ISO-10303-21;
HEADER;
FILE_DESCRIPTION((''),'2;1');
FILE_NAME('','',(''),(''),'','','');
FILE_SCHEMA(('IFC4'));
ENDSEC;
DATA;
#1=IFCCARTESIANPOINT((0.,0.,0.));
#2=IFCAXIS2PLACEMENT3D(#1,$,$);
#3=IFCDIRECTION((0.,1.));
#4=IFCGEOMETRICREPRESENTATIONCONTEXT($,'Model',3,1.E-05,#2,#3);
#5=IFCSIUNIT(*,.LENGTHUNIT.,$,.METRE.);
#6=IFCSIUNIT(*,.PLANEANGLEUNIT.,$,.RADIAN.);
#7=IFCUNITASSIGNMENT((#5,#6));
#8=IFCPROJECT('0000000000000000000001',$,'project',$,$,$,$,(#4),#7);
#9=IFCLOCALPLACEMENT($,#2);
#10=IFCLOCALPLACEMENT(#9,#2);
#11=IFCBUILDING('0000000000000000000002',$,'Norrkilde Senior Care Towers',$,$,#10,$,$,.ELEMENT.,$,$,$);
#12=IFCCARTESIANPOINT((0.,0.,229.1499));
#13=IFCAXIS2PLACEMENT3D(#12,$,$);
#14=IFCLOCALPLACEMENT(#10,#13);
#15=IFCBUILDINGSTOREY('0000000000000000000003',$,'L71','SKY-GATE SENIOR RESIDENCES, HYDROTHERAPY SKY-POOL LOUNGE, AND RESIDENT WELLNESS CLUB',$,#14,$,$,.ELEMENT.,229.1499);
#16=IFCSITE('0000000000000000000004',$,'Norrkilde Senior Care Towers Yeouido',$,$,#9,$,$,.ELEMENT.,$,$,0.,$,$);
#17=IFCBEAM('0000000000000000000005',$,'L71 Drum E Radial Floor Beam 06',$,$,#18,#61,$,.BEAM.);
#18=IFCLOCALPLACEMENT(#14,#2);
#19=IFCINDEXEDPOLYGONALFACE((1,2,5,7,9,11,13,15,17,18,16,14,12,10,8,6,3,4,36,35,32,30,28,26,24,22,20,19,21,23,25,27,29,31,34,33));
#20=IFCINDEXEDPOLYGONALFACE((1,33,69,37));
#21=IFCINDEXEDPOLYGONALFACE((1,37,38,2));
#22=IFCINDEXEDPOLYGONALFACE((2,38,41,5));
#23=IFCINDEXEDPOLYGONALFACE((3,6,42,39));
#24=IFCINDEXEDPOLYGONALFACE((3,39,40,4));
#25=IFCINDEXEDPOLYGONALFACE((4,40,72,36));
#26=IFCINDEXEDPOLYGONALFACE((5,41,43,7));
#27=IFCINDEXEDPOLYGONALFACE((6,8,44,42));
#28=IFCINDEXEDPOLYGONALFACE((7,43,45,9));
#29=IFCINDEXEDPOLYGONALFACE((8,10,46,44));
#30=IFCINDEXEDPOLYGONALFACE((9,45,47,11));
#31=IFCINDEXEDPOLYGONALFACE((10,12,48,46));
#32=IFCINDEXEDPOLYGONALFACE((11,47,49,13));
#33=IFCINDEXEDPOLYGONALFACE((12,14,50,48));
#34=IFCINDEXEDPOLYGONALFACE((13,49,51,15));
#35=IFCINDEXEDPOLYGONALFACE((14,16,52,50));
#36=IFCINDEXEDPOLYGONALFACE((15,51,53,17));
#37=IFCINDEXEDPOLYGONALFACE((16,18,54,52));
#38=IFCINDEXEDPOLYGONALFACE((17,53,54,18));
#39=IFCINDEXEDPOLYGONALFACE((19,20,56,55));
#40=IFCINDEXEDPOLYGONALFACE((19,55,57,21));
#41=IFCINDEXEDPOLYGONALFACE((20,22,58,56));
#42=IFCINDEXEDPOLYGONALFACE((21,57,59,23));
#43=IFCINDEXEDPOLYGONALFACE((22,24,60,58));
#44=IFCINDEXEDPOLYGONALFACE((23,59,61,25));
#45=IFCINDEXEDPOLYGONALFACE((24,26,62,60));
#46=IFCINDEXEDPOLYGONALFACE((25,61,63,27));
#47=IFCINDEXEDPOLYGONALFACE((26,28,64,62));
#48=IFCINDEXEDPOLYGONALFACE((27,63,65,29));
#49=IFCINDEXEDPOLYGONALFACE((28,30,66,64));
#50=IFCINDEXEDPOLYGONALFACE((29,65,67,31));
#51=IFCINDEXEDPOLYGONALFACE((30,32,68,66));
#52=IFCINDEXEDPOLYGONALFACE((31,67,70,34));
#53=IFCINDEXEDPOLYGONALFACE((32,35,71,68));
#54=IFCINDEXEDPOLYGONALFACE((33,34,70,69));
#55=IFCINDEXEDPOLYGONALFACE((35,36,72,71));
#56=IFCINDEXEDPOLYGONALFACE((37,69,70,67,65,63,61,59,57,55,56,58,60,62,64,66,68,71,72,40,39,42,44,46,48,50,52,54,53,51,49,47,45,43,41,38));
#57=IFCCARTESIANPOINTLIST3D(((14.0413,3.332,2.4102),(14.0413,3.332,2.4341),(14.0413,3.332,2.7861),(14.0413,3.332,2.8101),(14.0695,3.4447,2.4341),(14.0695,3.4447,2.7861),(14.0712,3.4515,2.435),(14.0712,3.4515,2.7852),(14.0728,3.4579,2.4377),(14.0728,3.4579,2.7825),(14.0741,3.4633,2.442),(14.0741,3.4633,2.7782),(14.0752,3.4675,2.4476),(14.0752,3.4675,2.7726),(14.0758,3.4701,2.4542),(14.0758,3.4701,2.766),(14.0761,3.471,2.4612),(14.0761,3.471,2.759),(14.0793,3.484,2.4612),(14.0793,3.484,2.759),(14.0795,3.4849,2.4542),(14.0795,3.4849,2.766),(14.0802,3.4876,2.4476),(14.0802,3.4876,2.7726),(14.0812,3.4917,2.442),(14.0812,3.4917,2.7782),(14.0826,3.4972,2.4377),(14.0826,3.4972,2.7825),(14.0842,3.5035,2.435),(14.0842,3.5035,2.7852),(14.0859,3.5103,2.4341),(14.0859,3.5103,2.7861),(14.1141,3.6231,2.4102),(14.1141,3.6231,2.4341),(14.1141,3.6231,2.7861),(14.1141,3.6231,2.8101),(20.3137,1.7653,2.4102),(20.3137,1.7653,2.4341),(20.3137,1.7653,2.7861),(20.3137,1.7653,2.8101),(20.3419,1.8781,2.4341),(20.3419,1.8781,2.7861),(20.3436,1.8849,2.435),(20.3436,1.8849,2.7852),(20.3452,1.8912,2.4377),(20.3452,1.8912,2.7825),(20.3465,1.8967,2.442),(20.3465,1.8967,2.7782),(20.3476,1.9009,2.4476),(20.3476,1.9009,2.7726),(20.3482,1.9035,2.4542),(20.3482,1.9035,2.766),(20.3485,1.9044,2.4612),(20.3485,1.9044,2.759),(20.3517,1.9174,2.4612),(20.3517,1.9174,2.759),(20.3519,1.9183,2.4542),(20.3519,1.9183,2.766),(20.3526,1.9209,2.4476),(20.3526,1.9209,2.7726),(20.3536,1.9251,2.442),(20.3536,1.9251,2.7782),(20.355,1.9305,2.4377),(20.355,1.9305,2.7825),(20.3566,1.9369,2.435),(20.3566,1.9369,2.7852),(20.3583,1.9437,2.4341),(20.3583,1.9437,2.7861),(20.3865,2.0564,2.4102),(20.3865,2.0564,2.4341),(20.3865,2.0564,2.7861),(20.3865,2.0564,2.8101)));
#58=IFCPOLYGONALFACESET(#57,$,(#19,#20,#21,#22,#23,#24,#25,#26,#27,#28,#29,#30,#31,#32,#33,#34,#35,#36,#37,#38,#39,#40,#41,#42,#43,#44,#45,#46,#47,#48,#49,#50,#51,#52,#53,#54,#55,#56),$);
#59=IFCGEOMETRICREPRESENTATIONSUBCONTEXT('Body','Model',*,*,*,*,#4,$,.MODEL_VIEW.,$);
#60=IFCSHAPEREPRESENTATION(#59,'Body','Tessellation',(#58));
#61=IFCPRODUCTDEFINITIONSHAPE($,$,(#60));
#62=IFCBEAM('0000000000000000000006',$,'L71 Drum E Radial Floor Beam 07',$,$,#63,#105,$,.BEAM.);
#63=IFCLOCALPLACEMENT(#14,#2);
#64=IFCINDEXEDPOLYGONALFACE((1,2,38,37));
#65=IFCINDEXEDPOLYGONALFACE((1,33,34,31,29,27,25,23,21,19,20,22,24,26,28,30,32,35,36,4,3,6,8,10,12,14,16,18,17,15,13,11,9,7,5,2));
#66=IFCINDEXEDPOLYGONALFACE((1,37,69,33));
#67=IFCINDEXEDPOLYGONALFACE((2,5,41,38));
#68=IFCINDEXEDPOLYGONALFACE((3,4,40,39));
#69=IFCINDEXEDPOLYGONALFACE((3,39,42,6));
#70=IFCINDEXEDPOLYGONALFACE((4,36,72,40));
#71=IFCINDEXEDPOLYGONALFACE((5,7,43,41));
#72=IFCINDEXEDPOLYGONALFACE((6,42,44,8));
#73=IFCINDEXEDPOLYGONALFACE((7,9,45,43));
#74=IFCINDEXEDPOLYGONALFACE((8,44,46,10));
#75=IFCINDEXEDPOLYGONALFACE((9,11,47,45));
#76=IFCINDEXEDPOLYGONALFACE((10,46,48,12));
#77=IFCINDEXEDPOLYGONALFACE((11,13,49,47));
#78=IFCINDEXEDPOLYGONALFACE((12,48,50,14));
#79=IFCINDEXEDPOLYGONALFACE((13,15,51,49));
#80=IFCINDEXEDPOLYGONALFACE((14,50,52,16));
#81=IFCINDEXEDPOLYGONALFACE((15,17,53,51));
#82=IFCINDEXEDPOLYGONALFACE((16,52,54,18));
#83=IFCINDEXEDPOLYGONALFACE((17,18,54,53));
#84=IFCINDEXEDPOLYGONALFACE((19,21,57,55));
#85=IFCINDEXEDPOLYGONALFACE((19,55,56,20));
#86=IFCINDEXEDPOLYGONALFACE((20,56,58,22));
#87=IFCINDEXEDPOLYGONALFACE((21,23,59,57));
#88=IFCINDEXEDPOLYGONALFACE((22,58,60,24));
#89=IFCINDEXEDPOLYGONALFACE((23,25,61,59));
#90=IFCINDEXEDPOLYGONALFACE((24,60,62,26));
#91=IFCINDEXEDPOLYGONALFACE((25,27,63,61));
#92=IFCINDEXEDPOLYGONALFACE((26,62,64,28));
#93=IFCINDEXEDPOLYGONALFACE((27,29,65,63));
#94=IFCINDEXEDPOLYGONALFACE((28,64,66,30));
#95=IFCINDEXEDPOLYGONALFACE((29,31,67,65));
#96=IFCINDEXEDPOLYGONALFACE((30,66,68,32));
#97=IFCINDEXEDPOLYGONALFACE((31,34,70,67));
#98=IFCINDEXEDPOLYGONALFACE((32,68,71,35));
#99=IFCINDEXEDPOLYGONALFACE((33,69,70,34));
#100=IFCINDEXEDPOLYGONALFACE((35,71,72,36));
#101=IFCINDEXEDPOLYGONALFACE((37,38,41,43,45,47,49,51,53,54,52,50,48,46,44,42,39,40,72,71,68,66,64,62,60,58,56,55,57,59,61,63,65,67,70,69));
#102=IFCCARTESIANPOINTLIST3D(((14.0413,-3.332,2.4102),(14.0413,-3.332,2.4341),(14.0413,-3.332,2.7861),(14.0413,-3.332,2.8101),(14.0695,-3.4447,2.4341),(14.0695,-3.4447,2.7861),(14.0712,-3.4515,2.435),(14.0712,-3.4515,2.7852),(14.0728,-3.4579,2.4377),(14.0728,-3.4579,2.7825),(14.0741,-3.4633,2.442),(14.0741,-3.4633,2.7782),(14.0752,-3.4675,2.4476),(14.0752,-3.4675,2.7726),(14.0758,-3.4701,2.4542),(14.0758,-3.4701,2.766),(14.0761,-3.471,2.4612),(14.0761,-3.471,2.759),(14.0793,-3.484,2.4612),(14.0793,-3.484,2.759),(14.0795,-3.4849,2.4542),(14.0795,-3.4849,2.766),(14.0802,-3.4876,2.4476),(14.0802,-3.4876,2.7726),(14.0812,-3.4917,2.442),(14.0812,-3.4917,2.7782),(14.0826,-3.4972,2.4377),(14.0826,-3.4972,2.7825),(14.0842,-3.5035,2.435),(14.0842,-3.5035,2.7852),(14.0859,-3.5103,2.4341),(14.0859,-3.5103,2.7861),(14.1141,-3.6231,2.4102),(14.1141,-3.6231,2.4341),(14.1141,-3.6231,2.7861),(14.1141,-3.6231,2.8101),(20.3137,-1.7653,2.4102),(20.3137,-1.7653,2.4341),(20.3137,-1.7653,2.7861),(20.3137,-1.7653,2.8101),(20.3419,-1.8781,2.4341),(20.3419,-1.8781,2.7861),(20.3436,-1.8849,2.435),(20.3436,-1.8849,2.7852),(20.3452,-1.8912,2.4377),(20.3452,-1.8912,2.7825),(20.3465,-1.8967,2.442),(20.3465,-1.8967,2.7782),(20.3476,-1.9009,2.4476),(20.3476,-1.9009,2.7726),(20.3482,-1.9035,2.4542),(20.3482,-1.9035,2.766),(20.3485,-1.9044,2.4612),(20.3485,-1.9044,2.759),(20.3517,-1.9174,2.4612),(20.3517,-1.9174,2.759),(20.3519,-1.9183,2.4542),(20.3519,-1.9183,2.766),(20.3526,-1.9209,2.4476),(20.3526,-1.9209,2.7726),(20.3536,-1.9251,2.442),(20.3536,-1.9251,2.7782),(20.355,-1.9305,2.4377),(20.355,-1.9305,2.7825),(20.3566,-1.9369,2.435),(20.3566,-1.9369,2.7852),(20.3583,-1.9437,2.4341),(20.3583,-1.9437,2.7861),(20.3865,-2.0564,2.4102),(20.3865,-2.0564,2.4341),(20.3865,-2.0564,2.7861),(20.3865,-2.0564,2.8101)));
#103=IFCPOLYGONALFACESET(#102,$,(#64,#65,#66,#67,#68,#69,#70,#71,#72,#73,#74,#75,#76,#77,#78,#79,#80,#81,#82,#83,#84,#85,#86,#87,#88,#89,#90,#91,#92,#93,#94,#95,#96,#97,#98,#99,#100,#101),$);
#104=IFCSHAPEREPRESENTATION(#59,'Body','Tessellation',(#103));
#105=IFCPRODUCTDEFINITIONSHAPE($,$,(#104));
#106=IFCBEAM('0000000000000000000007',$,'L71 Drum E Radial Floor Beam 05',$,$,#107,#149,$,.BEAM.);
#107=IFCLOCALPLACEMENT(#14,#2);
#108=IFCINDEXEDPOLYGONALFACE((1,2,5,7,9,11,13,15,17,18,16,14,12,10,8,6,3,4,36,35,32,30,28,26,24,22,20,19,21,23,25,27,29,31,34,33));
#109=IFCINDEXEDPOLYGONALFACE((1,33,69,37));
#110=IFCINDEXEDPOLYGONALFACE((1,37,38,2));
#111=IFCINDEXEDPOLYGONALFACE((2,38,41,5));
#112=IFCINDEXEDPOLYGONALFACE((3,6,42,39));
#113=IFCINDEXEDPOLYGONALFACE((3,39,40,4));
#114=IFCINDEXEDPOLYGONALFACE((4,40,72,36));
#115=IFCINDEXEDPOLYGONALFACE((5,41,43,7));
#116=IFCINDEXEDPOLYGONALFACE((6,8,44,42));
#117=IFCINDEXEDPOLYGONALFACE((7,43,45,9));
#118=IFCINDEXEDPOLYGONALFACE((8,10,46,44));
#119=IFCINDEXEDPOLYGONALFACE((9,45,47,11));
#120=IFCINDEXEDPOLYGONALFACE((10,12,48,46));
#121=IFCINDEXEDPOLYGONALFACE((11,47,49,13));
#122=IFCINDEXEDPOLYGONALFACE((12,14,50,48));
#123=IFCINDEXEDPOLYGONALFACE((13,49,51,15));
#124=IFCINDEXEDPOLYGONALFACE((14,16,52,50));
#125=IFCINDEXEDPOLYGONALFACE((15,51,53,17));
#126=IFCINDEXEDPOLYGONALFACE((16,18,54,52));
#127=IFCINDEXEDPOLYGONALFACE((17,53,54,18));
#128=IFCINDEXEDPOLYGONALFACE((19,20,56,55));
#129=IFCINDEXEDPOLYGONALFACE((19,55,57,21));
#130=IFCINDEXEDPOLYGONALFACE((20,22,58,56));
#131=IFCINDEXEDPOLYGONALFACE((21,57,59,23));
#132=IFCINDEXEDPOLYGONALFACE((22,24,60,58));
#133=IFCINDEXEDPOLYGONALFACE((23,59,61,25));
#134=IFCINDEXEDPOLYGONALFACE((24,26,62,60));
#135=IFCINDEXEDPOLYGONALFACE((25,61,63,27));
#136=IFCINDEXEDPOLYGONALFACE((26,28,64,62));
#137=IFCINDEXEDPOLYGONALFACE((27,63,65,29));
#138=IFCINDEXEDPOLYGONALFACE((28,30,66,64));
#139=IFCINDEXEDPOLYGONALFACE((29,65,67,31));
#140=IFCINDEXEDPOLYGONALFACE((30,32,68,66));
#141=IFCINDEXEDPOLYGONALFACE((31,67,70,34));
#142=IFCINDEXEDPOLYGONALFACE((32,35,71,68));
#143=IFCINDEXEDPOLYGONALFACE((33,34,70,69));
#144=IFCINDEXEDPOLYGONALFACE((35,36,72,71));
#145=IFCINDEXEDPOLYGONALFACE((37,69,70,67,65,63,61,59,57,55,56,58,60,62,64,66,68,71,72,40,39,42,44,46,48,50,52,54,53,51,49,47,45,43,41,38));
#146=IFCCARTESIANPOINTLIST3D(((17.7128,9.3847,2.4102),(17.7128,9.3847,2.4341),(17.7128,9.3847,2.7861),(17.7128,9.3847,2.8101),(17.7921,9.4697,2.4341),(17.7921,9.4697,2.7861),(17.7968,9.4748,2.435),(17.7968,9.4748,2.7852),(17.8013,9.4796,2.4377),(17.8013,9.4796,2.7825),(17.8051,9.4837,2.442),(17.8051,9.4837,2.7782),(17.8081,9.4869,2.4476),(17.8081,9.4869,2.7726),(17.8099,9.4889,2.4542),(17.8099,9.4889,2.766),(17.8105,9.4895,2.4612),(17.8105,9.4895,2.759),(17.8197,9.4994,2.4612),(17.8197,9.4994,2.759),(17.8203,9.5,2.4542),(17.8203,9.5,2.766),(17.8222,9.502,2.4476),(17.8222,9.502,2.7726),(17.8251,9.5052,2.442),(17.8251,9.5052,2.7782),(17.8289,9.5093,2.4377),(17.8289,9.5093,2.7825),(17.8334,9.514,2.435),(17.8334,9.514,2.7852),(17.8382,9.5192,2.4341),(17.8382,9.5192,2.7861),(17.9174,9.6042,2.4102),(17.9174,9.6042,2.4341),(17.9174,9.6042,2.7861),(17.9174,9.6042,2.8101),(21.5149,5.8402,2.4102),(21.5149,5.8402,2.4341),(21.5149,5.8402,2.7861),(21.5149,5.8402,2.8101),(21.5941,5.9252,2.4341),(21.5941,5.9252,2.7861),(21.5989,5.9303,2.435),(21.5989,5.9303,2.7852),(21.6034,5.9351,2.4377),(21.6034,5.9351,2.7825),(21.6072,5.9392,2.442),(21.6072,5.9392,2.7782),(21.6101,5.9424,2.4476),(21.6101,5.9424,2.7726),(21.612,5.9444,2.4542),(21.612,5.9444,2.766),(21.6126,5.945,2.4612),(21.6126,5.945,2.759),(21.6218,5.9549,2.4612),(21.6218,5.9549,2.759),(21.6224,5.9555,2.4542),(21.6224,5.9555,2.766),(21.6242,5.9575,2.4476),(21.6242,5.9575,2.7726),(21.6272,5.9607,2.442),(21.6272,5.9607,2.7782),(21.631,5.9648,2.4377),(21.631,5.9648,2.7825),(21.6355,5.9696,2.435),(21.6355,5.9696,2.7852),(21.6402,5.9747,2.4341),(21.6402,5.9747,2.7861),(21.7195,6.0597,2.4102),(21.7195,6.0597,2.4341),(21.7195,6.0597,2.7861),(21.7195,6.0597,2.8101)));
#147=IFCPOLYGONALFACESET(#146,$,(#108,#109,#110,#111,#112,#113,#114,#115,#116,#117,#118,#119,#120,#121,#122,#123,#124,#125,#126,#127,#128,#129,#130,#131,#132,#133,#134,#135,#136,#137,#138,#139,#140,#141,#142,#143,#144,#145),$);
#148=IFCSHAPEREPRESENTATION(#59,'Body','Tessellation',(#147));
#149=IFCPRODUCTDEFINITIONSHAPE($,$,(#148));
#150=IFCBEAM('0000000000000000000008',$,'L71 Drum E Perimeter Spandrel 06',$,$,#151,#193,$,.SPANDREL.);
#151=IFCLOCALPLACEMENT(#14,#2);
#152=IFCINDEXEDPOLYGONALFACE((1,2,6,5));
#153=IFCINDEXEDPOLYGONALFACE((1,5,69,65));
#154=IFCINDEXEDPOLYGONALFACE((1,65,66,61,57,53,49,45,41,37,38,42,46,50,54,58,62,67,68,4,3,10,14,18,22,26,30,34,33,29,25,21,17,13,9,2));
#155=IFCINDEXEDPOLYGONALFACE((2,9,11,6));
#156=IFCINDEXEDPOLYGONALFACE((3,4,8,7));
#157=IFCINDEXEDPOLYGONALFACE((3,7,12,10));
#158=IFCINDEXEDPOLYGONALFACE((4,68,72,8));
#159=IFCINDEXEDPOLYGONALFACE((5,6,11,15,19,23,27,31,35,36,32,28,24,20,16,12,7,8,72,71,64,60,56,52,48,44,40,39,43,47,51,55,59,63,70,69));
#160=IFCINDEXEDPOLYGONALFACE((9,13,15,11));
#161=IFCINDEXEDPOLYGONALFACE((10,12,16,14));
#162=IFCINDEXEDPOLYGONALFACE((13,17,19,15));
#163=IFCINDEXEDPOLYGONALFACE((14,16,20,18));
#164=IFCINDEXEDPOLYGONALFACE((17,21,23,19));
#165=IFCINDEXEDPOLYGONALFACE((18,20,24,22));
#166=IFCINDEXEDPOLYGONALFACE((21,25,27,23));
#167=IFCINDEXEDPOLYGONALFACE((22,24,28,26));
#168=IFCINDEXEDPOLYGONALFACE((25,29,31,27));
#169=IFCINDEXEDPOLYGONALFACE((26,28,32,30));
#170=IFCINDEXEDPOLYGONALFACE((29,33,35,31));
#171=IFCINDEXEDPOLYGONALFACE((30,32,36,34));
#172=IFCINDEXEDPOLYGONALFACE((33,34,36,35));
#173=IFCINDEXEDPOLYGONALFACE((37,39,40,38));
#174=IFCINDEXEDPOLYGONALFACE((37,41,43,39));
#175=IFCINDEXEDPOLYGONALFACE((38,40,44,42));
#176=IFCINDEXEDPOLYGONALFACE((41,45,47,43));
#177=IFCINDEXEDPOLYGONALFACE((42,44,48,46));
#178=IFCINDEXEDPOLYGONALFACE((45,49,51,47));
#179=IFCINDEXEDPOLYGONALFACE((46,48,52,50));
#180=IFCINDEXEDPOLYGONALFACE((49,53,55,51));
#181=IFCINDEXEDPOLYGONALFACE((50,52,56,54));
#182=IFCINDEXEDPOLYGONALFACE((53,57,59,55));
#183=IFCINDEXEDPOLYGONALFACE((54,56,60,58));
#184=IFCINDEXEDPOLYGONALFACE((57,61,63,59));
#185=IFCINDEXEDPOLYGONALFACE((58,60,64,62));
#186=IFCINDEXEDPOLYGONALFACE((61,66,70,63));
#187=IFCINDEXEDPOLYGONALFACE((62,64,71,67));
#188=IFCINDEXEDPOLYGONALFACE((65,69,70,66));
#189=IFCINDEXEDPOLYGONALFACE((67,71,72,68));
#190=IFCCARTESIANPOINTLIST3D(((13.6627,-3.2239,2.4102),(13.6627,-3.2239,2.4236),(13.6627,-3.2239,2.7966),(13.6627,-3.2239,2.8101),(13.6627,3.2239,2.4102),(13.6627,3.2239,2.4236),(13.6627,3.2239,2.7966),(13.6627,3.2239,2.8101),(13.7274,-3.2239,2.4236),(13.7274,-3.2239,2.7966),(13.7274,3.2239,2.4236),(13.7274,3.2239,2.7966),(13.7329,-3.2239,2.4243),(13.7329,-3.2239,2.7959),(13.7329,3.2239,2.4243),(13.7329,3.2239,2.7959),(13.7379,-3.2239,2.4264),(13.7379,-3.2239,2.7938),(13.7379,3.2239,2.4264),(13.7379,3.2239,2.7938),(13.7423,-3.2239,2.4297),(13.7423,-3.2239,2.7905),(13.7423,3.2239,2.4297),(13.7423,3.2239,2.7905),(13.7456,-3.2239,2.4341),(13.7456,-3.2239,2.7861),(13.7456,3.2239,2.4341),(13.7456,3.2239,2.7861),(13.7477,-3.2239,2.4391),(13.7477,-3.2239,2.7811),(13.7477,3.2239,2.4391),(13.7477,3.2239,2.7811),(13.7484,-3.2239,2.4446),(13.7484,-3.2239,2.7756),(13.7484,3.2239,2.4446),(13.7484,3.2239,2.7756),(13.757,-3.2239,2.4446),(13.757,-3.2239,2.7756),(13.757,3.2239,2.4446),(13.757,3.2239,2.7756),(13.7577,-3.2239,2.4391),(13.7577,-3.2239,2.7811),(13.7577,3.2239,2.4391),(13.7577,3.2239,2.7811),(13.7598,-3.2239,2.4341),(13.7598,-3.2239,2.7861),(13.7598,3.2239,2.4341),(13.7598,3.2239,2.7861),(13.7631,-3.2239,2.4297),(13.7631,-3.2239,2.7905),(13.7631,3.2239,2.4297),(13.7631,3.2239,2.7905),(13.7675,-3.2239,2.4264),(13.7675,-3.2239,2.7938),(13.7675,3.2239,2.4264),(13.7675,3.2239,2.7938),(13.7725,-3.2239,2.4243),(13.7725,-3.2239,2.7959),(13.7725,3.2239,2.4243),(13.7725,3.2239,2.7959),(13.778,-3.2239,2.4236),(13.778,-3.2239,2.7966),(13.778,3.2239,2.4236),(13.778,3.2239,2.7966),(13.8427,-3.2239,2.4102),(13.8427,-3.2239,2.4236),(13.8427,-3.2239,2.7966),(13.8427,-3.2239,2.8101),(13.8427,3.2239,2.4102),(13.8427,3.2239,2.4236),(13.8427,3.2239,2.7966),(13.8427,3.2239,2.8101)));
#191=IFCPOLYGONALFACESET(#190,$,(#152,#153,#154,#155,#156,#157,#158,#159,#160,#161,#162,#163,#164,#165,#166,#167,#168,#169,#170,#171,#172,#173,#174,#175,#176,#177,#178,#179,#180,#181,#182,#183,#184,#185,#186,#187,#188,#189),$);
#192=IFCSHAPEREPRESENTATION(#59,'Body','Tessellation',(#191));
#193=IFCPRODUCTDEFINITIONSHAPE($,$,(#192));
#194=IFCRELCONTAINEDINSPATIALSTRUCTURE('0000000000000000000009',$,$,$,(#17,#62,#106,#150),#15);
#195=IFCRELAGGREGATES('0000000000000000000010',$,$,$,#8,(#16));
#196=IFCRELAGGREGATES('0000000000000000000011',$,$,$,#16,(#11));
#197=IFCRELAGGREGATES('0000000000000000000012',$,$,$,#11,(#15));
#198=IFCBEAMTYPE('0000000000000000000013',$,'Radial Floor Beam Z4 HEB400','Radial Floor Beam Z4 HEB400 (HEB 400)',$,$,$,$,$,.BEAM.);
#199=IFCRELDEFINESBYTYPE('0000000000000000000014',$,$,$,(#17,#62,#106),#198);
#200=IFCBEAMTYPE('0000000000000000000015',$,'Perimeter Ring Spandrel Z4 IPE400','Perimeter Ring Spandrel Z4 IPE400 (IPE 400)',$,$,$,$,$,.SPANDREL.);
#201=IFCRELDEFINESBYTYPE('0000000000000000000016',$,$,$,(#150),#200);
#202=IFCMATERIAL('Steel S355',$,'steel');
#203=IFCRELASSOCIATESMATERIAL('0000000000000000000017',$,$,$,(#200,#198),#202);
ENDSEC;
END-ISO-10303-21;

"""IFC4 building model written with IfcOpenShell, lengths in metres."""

from ifc_helpers import new_model, si_unit, direction, frame, origin, origin_2d, place, context, subcontext, project, spatial, i_section, extrude, source, transform, mapped, material, material_profile, profile_set, type_object, type_shapes, element, save


model = new_model("IFC4")

# Units and contexts
model_context = context("Model", 3, precision=1e-05, world=origin(), true_north=direction((0.0, 1.0)))
body_context = subcontext(model_context, "Body", "Model", "MODEL_VIEW")
ifc_project = project(units=[si_unit("LENGTHUNIT", "METRE"), si_unit("PLANEANGLEUNIT", "RADIAN")], contexts=[model_context])

# Site, building, storey
site_placement = place(None, origin())
site = spatial("IfcSite", under=ifc_project, at=site_placement, Name="Norrkilde Senior Care Towers Yeouido", CompositionType="ELEMENT", RefElevation=0.0)
building_placement = place(site_placement, origin())
building = spatial("IfcBuilding", under=site, at=building_placement, Name="Norrkilde Senior Care Towers", CompositionType="ELEMENT")
storey_placement = place(building_placement, frame((0.0, 0.0, 229.1499)))
storey = spatial("IfcBuildingStorey", under=building, at=storey_placement, Name="L71", Description="SKY-GATE SENIOR RESIDENCES, HYDROTHERAPY SKY-POOL LOUNGE, AND RESIDENT WELLNESS CLUB", CompositionType="ELEMENT", Elevation=229.1499)

# Beams
ifc_material_1 = material(Name="Steel S355", Category="steel")
ifc_material_profile_1 = material_profile(ifc_material_1, i_section(OverallWidth=0.1799, OverallDepth=0.3999, WebThickness=0.0085, FlangeThickness=0.0134, FilletRadius=0.021, at=origin_2d()), Name="IPE 400")
ifc_profile_set_1 = profile_set([ifc_material_profile_1], Name="Steel S355")
beam_type_1 = type_object("IfcBeamType", Name="Perimeter Ring Spandrel Z4 IPE400", Description="Perimeter Ring Spandrel Z4 IPE400 (IPE 400)", PredefinedType="SPANDREL", material=ifc_profile_set_1)
ifc_material_profile_2 = material_profile(ifc_material_1, i_section(OverallWidth=0.3, OverallDepth=0.3999, WebThickness=0.0134, FlangeThickness=0.0239, FilletRadius=0.0271, at=origin_2d()), Name="HEB 400")
ifc_profile_set_2 = profile_set([ifc_material_profile_2], Name="Steel S355")
beam_type_2 = type_object("IfcBeamType", Name="Radial Floor Beam Z4 HEB400", Description="Radial Floor Beam Z4 HEB400 (HEB 400)", PredefinedType="BEAM", material=ifc_profile_set_2)
shared_shape_1 = source(origin(), body_context, "Body", "SweptSolid", [
    extrude(i_section(OverallWidth=0.3, OverallDepth=0.3999, WebThickness=0.0134, FlangeThickness=0.0239, FilletRadius=0.0271, at=origin_2d()), origin(), (0.0, 0.0, 1.0), 6.4651),
])
for number, where, z_axis, x_axis, name in (
    (1, (20.3501, 1.9109, 2.6101), (-0.970196, 0.242322, 0.0), (-0.242322, -0.970196, 0.0), "L71 Drum E Radial Floor Beam 06"),
    (2, (20.3501, -1.9109, 2.6101), (-0.970196, -0.242322, 0.0), (0.242322, -0.970196, 0.0), "L71 Drum E Radial Floor Beam 07"),
):
    element("IfcBeam", number, at=place(storey_placement, frame(where, z_axis=z_axis, x_axis=x_axis)), inside=storey, type_object=beam_type_2, Name=name, PredefinedType="BEAM", context=body_context, shape_type="MappedRepresentation", body=[
        mapped(shared_shape_1, transform((0.0, 0.0, 0.0), x_axis=(1.0, 0.0, 0.0), y_axis=(0.0, 1.0, 0.0), z_axis=(0.0, 0.0, 1.0), scale=1.0)),
    ])
shared_shape_2 = source(origin(), body_context, "Body", "SweptSolid", [
    extrude(i_section(OverallWidth=0.3, OverallDepth=0.3999, WebThickness=0.0134, FlangeThickness=0.0239, FilletRadius=0.0271, at=origin_2d()), origin(), (0.0, 0.0, 1.0), 5.198),
])
type_shapes(beam_type_2, [shared_shape_1, shared_shape_2])
beam_1_placement = place(storey_placement, frame((21.6172, 5.95, 2.6101), z_axis=(-0.731449, 0.681896, 0.0), x_axis=(-0.681896, -0.731449, 0.0)))
element("IfcBeam", 3, at=beam_1_placement, inside=storey, type_object=beam_type_2, Name="L71 Drum E Radial Floor Beam 05", PredefinedType="BEAM", context=body_context, shape_type="MappedRepresentation", body=[
    mapped(shared_shape_2, transform((0.0, 0.0, 0.0), x_axis=(1.0, 0.0, 0.0), y_axis=(0.0, 1.0, 0.0), z_axis=(0.0, 0.0, 1.0), scale=1.0)),
])
shared_shape_3 = source(origin(), body_context, "Body", "SweptSolid", [
    extrude(i_section(OverallWidth=0.1799, OverallDepth=0.3999, WebThickness=0.0085, FlangeThickness=0.0134, FilletRadius=0.021, at=origin_2d()), origin(), (0.0, 0.0, 1.0), 6.4478),
])
beam_2_placement = place(storey_placement, frame((13.7527, 3.2239, 2.6101), z_axis=(0.0, -1.0, 0.0), x_axis=(1.0, 0.0, 0.0)))
element("IfcBeam", 4, at=beam_2_placement, inside=storey, type_object=beam_type_1, Name="L71 Drum E Perimeter Spandrel 06", PredefinedType="SPANDREL", context=body_context, shape_type="MappedRepresentation", body=[
    mapped(shared_shape_3, transform((0.0, 0.0, 0.0), x_axis=(1.0, 0.0, 0.0), y_axis=(0.0, 1.0, 0.0), z_axis=(0.0, 0.0, 1.0), scale=1.0)),
])

save(model, "model.ifc")
